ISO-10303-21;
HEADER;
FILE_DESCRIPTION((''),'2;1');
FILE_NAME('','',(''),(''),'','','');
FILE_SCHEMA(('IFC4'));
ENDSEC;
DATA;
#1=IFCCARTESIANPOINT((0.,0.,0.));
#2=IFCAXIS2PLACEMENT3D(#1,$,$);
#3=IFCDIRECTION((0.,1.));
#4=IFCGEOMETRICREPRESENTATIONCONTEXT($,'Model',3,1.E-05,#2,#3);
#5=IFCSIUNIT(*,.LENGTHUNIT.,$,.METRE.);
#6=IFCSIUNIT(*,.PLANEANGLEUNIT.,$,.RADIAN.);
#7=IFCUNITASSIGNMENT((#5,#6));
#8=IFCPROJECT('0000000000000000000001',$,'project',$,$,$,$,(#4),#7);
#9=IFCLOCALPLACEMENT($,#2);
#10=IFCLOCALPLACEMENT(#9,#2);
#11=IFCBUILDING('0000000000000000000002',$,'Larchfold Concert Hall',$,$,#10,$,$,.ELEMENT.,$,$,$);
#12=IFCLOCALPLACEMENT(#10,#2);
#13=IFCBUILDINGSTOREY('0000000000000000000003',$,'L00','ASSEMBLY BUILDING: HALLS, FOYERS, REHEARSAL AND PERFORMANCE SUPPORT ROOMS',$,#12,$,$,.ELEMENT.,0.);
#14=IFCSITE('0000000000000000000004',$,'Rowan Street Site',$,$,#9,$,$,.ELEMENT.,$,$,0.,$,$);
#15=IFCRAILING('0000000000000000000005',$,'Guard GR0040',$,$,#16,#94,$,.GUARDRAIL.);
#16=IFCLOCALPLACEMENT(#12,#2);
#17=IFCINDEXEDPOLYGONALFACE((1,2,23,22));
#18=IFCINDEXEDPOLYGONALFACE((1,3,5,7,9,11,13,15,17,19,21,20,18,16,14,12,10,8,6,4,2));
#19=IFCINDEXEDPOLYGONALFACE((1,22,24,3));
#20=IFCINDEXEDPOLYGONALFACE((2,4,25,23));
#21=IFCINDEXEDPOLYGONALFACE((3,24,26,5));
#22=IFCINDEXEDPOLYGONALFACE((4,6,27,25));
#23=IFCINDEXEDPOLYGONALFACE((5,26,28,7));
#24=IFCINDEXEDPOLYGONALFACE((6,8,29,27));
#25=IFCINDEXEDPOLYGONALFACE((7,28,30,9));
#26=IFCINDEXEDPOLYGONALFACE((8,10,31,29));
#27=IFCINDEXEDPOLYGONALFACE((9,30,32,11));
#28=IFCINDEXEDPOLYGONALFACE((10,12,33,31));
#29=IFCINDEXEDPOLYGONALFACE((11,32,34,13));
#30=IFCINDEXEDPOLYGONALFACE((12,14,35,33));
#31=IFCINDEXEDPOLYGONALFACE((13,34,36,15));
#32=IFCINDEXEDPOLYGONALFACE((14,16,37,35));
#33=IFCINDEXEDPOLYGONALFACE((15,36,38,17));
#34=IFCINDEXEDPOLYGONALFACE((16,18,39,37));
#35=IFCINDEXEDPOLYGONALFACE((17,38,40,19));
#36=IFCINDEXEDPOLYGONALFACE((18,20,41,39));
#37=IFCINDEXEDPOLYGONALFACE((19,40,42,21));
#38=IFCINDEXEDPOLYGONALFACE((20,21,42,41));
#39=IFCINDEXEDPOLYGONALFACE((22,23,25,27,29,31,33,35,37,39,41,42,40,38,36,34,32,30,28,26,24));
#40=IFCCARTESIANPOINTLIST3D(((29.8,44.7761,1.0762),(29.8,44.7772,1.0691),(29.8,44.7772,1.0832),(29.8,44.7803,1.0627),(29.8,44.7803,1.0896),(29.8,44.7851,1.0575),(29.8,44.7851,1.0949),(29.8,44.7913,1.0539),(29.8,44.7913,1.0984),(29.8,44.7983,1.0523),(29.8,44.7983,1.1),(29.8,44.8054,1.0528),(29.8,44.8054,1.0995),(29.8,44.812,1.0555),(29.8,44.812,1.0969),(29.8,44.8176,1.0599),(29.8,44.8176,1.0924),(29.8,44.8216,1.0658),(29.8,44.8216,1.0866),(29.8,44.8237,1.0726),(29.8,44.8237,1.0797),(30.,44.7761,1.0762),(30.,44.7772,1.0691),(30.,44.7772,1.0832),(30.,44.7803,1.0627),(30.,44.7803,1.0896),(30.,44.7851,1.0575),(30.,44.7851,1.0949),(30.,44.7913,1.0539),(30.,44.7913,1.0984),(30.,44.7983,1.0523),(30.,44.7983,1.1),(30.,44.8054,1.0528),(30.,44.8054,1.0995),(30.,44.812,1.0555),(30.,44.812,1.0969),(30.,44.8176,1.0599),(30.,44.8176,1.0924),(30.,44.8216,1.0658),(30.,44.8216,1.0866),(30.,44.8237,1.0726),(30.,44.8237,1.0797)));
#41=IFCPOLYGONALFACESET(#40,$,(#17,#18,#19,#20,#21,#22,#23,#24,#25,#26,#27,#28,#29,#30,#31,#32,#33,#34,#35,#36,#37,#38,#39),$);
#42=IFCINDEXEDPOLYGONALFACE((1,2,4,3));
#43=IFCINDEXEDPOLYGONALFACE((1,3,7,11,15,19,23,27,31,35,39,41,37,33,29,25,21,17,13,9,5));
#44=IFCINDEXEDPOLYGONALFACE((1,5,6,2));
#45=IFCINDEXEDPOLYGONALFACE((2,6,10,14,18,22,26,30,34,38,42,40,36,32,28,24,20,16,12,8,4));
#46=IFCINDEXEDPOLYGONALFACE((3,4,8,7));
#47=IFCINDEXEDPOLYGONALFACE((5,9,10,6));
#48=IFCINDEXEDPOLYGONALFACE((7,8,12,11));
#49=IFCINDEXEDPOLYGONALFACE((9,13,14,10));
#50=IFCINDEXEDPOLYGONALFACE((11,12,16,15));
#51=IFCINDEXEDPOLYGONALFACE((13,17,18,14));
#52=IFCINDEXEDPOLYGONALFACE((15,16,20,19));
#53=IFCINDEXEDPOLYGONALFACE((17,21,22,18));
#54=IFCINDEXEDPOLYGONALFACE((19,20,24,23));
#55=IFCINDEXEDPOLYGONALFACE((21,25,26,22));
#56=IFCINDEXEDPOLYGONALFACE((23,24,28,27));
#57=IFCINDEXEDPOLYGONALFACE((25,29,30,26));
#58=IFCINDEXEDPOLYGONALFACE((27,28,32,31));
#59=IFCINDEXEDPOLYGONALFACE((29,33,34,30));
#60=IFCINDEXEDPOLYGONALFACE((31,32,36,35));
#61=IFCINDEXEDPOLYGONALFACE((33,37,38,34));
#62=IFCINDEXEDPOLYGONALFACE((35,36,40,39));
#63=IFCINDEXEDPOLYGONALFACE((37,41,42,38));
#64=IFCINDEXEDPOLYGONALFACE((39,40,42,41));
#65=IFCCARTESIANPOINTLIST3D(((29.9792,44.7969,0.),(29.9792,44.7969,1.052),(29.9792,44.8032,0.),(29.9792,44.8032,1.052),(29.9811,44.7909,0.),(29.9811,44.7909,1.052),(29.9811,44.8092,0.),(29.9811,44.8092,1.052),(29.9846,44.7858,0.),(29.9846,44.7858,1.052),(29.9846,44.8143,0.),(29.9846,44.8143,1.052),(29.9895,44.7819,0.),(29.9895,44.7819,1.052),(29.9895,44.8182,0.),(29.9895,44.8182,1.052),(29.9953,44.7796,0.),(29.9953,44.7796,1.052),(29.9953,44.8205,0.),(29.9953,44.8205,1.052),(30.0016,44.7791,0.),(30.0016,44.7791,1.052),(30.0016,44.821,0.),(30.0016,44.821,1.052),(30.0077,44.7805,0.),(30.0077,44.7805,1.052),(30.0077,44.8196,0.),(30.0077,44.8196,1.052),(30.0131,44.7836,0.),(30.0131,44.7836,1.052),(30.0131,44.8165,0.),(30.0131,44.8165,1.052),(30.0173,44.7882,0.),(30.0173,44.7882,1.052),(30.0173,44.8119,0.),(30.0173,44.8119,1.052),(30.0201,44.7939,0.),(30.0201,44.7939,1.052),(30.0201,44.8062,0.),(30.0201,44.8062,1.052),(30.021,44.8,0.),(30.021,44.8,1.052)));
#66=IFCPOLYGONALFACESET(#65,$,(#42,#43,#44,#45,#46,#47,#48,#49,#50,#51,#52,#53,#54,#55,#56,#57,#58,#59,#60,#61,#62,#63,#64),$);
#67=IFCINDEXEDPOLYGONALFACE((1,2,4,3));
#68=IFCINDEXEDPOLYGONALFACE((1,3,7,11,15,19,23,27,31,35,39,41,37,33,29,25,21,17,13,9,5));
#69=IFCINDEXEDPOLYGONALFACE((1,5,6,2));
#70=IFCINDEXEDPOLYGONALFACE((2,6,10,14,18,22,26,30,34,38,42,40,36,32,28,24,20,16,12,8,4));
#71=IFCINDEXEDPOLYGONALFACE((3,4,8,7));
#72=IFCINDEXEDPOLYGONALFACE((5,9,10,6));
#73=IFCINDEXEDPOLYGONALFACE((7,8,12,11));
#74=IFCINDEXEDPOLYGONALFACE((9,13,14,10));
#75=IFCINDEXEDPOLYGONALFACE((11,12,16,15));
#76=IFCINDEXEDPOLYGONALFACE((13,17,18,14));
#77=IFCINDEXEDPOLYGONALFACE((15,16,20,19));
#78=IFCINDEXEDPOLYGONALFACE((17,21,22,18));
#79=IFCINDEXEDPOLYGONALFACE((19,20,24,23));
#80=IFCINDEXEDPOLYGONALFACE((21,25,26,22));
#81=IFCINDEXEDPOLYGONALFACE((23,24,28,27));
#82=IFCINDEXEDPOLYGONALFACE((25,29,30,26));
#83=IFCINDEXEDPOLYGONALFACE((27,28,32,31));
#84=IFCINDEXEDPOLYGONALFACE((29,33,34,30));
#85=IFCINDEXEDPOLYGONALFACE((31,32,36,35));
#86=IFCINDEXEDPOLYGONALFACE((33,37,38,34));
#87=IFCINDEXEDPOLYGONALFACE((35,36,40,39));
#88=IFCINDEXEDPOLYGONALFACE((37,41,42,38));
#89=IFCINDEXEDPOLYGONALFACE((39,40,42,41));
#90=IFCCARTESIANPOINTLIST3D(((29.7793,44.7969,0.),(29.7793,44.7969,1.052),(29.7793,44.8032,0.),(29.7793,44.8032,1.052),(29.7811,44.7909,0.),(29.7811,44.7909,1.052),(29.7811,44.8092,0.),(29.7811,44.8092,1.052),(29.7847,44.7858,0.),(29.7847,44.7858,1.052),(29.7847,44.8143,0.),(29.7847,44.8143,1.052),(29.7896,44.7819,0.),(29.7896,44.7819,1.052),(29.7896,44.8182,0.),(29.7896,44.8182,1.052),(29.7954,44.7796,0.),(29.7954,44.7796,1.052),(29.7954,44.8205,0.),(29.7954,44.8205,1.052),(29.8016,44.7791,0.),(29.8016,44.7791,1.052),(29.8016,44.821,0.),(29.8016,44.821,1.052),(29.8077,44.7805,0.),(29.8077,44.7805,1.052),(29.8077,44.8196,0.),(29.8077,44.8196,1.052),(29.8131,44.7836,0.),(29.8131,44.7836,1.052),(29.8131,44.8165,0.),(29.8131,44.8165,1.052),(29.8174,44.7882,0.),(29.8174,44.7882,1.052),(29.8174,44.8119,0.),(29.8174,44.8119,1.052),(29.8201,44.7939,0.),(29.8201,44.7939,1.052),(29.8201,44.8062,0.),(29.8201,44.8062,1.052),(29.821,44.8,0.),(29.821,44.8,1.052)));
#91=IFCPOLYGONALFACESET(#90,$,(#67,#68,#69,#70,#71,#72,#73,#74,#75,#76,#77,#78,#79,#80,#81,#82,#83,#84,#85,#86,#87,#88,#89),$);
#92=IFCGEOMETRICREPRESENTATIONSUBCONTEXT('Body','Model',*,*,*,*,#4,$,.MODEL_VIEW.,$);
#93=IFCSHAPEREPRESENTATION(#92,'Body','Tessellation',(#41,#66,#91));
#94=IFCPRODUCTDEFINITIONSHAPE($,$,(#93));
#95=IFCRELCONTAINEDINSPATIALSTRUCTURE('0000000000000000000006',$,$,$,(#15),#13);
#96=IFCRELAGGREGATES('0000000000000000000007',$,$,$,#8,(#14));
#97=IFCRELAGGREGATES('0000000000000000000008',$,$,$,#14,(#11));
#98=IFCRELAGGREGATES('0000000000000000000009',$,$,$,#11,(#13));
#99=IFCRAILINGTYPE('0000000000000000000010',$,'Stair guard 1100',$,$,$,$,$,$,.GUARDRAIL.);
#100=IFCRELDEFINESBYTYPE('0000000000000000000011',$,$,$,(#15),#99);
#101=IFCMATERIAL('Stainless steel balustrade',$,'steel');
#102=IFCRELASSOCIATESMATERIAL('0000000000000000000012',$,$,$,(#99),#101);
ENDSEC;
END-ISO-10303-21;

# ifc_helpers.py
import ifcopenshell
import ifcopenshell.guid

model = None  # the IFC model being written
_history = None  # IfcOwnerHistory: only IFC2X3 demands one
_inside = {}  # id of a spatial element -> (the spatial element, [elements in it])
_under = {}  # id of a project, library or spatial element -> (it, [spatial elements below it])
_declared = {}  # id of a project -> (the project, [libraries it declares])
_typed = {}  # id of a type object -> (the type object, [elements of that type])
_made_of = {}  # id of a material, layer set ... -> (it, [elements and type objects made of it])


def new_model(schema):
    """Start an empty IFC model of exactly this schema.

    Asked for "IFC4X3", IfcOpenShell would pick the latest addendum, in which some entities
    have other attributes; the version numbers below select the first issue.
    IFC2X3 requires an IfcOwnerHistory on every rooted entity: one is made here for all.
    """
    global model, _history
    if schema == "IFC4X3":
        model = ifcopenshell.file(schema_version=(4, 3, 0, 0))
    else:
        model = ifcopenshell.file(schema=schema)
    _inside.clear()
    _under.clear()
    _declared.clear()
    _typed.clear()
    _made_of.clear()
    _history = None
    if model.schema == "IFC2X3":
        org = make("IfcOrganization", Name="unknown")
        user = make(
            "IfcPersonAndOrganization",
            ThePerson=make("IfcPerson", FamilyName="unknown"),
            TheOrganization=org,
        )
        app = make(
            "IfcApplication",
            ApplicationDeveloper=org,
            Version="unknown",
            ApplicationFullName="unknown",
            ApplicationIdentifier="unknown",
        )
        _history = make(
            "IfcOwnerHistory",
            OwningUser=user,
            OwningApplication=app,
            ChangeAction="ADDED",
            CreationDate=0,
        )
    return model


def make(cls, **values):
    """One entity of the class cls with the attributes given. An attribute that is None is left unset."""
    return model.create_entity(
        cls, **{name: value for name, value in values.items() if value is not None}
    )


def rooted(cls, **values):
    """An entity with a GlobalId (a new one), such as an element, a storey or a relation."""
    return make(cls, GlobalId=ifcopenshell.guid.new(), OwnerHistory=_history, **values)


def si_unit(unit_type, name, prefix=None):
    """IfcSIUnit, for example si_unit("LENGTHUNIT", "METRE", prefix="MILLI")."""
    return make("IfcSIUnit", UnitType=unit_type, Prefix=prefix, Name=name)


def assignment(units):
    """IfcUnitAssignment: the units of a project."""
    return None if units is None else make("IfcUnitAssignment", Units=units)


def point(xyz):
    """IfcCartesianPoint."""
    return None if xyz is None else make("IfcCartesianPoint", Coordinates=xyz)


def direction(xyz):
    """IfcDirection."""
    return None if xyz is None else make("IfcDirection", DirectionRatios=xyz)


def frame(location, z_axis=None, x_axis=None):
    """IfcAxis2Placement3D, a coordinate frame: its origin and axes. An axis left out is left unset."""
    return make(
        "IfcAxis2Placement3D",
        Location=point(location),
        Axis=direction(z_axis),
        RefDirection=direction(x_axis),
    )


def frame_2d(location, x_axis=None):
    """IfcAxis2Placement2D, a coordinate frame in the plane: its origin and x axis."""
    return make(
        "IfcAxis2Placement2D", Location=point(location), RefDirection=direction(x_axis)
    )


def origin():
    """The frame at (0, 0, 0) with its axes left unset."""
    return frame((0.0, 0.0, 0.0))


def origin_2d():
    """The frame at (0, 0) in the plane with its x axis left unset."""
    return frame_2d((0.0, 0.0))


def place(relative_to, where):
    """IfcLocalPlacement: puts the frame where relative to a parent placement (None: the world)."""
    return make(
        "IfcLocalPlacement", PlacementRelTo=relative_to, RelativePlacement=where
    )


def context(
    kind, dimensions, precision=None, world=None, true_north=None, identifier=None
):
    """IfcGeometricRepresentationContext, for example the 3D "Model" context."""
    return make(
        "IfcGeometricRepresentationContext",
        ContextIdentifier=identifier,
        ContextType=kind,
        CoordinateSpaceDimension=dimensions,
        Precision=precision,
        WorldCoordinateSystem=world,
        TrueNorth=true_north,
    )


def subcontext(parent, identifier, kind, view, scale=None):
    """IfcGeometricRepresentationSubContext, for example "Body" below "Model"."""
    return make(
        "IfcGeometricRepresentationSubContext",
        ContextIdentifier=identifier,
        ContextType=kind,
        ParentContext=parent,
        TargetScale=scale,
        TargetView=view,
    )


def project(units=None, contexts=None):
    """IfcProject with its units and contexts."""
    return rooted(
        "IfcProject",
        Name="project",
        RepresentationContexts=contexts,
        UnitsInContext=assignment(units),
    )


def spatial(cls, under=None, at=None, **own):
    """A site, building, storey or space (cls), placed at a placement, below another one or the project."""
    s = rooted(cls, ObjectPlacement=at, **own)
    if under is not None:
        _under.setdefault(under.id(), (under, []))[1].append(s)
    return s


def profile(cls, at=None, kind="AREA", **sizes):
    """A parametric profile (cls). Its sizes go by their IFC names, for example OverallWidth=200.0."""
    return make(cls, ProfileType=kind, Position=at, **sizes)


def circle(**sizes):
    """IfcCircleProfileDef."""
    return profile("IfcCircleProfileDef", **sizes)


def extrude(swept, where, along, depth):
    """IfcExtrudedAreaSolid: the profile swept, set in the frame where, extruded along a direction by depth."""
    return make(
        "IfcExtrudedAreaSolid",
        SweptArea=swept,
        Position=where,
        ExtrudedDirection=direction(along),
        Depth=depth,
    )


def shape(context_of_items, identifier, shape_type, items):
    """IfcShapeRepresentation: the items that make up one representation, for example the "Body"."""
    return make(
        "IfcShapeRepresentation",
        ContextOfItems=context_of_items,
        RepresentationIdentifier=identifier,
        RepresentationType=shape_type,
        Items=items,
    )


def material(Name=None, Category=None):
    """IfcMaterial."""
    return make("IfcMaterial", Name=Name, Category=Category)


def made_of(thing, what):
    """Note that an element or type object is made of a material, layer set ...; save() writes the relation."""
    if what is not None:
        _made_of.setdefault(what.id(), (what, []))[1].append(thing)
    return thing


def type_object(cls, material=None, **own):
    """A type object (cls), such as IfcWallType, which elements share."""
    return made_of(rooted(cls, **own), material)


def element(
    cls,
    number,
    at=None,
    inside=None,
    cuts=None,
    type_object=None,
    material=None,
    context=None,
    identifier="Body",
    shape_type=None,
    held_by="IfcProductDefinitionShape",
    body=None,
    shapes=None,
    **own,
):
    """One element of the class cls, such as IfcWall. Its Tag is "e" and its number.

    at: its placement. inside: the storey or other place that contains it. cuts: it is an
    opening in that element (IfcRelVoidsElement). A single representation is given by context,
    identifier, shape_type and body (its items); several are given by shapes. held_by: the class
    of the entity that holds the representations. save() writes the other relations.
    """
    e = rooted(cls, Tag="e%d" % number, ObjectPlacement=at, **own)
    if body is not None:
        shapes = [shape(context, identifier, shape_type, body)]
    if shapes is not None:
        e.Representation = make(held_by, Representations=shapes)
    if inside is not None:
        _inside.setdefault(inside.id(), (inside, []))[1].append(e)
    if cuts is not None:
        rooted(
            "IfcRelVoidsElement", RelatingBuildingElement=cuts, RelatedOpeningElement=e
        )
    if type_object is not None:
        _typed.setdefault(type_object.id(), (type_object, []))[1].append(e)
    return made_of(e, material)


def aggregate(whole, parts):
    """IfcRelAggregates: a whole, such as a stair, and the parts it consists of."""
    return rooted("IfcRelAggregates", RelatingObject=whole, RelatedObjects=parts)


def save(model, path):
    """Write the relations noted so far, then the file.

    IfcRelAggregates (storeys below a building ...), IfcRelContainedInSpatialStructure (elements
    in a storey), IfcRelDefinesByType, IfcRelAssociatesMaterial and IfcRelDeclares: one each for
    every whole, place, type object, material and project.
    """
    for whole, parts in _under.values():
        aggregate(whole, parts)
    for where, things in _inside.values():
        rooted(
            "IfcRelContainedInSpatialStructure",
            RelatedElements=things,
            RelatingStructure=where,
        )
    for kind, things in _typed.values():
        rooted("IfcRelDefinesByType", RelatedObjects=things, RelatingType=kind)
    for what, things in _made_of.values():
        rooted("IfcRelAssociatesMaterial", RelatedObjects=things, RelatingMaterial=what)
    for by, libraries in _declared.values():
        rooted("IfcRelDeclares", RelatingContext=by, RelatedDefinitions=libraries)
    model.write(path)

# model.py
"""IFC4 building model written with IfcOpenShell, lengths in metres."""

from ifc_helpers import new_model, si_unit, direction, frame, origin, origin_2d, place, context, subcontext, project, spatial, circle, extrude, material, type_object, element, save


model = new_model("IFC4")

# Units and contexts
model_context = context("Model", 3, precision=1e-05, world=origin(), true_north=direction((0.0, 1.0)))
body_context = subcontext(model_context, "Body", "Model", "MODEL_VIEW")
ifc_project = project(units=[si_unit("LENGTHUNIT", "METRE"), si_unit("PLANEANGLEUNIT", "RADIAN")], contexts=[model_context])

# Site, building, storey
site_placement = place(None, origin())
site = spatial("IfcSite", under=ifc_project, at=site_placement, Name="Rowan Street Site", CompositionType="ELEMENT", RefElevation=0.0)
building_placement = place(site_placement, origin())
building = spatial("IfcBuilding", under=site, at=building_placement, Name="Larchfold Concert Hall", CompositionType="ELEMENT")
storey_placement = place(building_placement, origin())
storey = spatial("IfcBuildingStorey", under=building, at=storey_placement, Name="L00", Description="ASSEMBLY BUILDING: HALLS, FOYERS, REHEARSAL AND PERFORMANCE SUPPORT ROOMS", CompositionType="ELEMENT", Elevation=0.0)

# Railing
ifc_material_1 = material(Name="Stainless steel balustrade", Category="steel")
railing_type_1 = type_object("IfcRailingType", Name="Stair guard 1100", PredefinedType="GUARDRAIL", material=ifc_material_1)
railing_1_placement = place(storey_placement, frame((30.0, 44.8, 0.0)))
element("IfcRailing", 1, at=railing_1_placement, inside=storey, type_object=railing_type_1, Name="Guard GR0040", PredefinedType="GUARDRAIL", context=body_context, shape_type="SweptSolid", body=[
    extrude(circle(Radius=0.0239, at=origin_2d()), frame((0.0, 0.0, 1.0762), z_axis=(-1.0, 0.0, 0.0), x_axis=(0.0, -1.0, 0.0)), (0.0, 0.0, 1.0), 0.2),
    extrude(circle(Radius=0.021, at=origin_2d()), origin(), (0.0, 0.0, 1.0), 1.052),
    extrude(circle(Radius=0.021, at=origin_2d()), frame((-0.2, 0.0, 0.0)), (0.0, 0.0, 1.0), 1.052),
])

save(model, "model.ifc")
